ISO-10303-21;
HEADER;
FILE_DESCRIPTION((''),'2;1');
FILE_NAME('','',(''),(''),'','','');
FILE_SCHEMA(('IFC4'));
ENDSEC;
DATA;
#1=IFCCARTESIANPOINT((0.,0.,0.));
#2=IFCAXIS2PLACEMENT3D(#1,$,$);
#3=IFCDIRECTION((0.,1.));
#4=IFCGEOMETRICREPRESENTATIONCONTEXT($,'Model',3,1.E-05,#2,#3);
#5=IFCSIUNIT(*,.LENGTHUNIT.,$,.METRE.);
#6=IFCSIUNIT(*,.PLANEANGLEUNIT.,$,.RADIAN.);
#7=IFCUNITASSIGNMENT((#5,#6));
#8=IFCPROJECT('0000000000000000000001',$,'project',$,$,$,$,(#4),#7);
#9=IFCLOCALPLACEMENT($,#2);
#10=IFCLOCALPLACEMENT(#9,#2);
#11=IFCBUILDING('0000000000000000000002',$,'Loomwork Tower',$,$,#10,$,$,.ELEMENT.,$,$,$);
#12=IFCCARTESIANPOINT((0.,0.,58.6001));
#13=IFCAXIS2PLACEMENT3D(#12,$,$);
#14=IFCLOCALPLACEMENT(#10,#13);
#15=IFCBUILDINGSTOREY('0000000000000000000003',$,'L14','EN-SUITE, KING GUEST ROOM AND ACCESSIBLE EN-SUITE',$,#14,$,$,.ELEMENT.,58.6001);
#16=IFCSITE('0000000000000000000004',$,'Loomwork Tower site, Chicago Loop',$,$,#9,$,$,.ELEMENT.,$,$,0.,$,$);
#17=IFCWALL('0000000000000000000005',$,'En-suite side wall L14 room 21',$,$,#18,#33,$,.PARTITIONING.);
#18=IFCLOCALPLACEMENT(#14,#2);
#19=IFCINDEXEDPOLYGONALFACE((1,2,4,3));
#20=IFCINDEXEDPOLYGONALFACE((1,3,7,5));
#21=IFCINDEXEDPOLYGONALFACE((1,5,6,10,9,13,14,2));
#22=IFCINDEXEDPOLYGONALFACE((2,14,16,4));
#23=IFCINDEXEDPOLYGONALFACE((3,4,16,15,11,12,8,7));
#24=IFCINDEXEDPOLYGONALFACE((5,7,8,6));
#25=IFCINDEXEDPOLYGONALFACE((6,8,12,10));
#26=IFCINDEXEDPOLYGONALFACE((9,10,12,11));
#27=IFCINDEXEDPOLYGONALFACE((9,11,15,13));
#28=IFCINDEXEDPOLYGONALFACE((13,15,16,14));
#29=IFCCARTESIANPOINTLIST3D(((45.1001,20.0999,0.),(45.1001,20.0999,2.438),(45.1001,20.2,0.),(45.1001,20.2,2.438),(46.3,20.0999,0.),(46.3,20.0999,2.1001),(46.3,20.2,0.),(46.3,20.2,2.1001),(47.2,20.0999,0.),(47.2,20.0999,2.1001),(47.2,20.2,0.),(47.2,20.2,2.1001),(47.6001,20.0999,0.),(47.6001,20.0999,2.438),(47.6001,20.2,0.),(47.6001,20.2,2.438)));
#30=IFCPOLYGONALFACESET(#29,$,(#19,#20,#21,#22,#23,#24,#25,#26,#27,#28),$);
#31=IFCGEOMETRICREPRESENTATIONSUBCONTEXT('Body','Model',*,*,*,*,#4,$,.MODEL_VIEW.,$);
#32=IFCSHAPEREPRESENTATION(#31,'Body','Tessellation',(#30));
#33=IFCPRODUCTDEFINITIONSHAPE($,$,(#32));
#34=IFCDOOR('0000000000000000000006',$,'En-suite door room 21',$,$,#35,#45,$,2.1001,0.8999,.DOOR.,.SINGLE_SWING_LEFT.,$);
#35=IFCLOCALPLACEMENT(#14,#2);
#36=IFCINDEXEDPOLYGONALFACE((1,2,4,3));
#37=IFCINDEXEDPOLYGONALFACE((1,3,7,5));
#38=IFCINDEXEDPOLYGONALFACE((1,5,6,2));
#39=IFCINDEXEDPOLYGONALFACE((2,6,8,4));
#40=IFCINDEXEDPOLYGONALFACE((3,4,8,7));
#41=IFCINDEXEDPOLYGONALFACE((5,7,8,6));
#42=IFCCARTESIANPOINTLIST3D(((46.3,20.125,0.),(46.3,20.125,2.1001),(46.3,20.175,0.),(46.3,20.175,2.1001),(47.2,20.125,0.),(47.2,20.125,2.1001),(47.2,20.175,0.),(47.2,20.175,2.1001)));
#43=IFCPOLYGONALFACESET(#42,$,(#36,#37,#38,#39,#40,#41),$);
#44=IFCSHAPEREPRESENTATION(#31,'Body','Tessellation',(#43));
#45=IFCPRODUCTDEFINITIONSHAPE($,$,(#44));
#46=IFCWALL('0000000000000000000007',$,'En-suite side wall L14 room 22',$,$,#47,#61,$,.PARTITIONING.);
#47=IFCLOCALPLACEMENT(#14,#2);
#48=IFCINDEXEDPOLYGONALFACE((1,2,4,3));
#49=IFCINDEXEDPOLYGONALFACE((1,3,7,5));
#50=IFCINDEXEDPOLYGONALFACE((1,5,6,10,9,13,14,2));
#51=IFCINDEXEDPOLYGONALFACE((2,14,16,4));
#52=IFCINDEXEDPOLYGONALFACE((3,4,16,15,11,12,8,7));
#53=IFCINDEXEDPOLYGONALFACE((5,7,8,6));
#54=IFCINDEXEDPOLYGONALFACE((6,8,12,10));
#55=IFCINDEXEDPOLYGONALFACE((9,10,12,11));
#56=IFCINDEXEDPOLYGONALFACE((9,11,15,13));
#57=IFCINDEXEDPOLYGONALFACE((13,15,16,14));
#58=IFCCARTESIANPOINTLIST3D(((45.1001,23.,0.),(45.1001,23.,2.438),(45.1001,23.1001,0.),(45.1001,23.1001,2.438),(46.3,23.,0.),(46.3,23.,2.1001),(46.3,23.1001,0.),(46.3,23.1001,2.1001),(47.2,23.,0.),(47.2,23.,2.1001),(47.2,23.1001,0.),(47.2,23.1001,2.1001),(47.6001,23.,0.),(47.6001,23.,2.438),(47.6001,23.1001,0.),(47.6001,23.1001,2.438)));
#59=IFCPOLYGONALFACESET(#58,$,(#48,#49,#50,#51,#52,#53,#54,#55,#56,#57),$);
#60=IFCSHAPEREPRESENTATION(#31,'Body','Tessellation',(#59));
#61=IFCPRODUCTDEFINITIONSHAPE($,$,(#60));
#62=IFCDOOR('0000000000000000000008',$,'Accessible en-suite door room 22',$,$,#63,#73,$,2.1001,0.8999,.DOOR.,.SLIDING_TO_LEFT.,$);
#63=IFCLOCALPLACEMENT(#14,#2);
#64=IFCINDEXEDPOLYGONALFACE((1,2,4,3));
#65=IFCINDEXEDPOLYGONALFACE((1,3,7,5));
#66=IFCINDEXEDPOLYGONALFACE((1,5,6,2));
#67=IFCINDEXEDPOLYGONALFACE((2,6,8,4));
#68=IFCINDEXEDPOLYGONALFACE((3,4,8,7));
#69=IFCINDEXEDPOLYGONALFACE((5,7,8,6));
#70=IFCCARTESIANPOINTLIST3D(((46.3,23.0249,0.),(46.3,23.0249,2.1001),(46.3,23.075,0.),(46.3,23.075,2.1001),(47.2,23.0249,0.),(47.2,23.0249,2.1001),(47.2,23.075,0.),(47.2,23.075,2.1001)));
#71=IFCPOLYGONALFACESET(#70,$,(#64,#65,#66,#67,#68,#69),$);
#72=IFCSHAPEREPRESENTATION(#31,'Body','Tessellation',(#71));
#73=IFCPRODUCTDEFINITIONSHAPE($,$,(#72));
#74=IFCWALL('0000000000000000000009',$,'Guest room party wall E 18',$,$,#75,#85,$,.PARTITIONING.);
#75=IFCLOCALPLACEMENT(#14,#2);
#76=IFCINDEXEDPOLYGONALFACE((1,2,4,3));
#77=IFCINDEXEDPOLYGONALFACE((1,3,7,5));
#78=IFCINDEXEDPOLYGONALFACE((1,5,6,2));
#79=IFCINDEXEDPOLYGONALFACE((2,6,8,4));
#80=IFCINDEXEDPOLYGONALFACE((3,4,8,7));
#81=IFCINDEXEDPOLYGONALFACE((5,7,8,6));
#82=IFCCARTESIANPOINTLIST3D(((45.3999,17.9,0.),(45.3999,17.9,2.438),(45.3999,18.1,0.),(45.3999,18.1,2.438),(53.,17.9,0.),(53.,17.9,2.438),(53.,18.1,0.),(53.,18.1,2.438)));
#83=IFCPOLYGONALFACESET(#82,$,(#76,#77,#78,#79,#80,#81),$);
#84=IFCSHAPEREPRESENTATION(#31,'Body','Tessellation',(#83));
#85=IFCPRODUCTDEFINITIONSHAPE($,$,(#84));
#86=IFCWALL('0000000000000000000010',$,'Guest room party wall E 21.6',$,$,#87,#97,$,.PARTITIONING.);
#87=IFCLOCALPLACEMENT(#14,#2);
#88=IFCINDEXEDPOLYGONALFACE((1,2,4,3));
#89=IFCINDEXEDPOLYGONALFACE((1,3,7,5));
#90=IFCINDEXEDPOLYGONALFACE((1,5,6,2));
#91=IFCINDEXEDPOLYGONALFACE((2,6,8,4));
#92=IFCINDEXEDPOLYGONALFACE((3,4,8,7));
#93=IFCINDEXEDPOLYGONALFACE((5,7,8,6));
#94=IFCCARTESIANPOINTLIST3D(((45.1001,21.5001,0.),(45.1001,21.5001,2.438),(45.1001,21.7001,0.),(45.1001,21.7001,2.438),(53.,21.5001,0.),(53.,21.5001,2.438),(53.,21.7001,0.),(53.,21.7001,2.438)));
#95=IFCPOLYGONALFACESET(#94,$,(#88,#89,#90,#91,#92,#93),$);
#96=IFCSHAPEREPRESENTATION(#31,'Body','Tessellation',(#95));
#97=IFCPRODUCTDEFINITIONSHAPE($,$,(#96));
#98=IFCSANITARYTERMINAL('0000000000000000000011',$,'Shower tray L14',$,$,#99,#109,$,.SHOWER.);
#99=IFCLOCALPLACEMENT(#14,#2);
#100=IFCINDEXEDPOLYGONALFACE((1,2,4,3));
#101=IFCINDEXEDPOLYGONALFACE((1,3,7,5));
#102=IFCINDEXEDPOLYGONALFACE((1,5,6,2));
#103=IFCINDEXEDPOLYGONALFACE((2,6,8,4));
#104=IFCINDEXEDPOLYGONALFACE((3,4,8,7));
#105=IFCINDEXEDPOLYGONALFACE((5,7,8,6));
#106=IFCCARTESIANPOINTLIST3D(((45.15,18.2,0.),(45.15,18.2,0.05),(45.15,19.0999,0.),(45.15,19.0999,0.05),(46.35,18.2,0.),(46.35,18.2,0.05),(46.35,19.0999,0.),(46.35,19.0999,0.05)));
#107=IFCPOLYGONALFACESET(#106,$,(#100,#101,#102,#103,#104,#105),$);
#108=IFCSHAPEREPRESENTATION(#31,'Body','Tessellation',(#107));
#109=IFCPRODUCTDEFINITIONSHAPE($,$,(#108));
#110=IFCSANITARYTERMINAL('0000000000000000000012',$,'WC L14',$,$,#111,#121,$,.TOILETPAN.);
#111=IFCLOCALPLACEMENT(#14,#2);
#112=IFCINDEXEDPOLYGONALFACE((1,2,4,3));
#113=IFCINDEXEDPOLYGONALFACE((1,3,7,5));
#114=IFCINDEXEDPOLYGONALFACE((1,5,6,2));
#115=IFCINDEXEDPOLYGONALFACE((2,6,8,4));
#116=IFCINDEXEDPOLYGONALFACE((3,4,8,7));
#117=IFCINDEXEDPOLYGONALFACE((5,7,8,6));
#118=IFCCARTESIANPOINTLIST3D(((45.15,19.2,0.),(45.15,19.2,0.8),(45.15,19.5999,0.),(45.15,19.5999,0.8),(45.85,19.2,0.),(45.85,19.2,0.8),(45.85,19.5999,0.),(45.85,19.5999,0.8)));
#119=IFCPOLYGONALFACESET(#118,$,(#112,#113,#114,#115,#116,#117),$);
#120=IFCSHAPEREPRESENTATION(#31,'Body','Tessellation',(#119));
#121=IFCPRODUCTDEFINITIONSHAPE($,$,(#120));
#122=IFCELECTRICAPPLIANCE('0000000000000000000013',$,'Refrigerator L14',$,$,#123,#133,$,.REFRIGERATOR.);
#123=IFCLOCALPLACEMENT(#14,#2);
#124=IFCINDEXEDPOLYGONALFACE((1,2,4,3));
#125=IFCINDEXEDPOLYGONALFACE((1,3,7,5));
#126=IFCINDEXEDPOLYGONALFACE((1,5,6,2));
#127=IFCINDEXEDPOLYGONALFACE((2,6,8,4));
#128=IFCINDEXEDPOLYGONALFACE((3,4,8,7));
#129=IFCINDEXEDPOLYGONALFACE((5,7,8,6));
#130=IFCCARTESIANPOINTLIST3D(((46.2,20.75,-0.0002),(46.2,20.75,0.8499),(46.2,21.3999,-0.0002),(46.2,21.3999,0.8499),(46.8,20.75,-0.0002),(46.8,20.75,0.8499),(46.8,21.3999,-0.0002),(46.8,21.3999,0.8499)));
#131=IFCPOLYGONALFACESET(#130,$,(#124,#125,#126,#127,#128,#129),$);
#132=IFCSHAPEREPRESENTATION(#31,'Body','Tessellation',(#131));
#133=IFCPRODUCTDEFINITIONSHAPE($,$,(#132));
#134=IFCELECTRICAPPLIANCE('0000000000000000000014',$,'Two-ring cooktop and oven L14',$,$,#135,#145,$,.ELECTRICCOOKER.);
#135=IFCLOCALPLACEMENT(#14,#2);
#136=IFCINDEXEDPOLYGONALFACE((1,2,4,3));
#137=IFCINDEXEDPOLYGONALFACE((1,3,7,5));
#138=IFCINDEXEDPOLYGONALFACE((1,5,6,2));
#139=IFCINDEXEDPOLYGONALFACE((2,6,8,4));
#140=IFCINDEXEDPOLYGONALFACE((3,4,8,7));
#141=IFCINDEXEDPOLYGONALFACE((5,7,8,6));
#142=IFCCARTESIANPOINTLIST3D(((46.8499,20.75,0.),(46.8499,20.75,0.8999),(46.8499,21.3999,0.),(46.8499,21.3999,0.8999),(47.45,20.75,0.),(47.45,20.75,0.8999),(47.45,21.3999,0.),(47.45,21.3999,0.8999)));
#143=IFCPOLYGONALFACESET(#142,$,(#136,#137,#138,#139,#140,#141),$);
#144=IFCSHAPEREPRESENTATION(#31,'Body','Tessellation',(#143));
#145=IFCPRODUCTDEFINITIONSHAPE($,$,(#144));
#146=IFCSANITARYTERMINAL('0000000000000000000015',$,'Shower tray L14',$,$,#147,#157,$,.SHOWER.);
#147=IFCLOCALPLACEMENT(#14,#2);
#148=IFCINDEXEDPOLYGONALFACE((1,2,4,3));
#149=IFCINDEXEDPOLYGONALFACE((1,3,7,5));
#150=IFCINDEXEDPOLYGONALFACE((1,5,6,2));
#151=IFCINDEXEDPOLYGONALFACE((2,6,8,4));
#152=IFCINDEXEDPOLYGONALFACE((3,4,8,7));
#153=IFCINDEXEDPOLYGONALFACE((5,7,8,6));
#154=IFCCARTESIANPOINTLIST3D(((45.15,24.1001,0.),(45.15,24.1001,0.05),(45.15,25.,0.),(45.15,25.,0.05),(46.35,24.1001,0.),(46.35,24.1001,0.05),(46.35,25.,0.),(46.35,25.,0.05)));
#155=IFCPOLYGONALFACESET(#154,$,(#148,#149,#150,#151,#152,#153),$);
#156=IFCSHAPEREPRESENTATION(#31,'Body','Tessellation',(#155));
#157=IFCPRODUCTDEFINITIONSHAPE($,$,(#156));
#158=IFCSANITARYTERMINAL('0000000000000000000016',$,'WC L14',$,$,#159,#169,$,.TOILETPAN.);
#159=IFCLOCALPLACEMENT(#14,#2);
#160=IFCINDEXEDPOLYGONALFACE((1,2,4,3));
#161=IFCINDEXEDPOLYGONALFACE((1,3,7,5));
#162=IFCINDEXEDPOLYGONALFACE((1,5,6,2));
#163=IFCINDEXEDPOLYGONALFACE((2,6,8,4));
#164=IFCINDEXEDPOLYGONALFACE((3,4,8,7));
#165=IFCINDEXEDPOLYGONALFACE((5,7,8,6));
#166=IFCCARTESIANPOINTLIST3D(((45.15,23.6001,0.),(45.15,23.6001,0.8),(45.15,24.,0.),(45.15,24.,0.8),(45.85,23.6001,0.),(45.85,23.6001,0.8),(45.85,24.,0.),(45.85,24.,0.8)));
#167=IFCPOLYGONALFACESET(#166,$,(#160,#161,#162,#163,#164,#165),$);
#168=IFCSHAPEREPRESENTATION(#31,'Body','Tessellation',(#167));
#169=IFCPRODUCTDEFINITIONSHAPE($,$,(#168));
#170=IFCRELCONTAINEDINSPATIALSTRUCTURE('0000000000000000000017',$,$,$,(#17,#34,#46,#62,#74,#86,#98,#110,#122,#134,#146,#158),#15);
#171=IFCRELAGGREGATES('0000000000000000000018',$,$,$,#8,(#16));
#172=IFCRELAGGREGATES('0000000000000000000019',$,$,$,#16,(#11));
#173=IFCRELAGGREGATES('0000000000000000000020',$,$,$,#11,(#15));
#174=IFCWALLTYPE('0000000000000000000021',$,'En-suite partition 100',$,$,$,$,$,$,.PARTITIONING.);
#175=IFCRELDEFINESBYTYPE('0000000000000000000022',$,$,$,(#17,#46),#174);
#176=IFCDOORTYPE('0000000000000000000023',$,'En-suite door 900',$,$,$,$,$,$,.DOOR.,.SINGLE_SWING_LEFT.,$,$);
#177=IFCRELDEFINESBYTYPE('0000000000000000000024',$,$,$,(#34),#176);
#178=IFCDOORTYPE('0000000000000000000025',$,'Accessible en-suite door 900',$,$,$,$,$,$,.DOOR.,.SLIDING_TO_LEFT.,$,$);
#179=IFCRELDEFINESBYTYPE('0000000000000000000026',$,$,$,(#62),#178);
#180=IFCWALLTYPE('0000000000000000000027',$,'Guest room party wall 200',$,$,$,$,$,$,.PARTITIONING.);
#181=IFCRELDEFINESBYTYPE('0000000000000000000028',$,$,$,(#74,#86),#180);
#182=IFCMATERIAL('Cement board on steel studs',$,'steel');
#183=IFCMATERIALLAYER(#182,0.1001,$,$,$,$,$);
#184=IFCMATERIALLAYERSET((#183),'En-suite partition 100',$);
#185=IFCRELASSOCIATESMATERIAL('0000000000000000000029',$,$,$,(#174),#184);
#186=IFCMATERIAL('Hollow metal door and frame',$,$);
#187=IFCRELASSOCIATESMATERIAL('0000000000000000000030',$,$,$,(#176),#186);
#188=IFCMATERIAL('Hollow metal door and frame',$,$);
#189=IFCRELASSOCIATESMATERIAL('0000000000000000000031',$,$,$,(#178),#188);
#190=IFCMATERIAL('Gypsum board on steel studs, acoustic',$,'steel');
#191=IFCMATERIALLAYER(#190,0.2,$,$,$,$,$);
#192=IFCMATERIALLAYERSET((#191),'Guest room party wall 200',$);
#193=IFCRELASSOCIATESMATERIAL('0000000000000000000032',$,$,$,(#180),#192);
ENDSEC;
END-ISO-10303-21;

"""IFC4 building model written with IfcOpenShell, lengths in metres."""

from ifc_helpers import new_model, si_unit, direction, frame, frame_2d, origin, origin_2d, place, context, subcontext, project, spatial, rectangle, extrude, material, layer, layer_set, type_object, element, fill, save


model = new_model("IFC4")

# Units and contexts
model_context = context("Model", 3, precision=1e-05, world=origin(), true_north=direction((0.0, 1.0)))
body_context = subcontext(model_context, "Body", "Model", "MODEL_VIEW")
ifc_project = project(units=[si_unit("LENGTHUNIT", "METRE"), si_unit("PLANEANGLEUNIT", "RADIAN")], contexts=[model_context])

# Site, building, storey
site_placement = place(None, origin())
site = spatial("IfcSite", under=ifc_project, at=site_placement, Name="Loomwork Tower site, Chicago Loop", CompositionType="ELEMENT", RefElevation=0.0)
building_placement = place(site_placement, origin())
building = spatial("IfcBuilding", under=site, at=building_placement, Name="Loomwork Tower", CompositionType="ELEMENT")
storey_placement = place(building_placement, frame((0.0, 0.0, 58.6001)))
storey = spatial("IfcBuildingStorey", under=building, at=storey_placement, Name="L14", Description="EN-SUITE, KING GUEST ROOM AND ACCESSIBLE EN-SUITE", CompositionType="ELEMENT", Elevation=58.6001)

# Shared definitions
ifc_material_1 = material(Name="Cement board on steel studs", Category="steel")
ifc_layer_1 = layer(ifc_material_1, 0.1001)
ifc_layer_set_1 = layer_set([ifc_layer_1], Name="En-suite partition 100")
wall_type_1 = type_object("IfcWallType", Name="En-suite partition 100", PredefinedType="PARTITIONING", material=ifc_layer_set_1)

# Walls, openings, doors
wall_1_placement = place(storey_placement, frame((45.1001, 20.1499, 0.0), z_axis=(0.0, 0.0, 1.0), x_axis=(1.0, 0.0, 0.0)))
wall_1 = element("IfcWall", 1, at=wall_1_placement, inside=storey, type_object=wall_type_1, Name="En-suite side wall L14 room 21", PredefinedType="PARTITIONING", context=body_context, shape_type="SweptSolid", body=[
    extrude(rectangle(XDim=2.5, YDim=0.1001, at=frame_2d((1.25, 0.0))), origin(), (0.0, 0.0, 1.0), 2.438),
])
opening_1_placement = place(wall_1_placement, frame((1.2, 0.0, 0.0)))
opening_1 = element("IfcOpeningElement", 2, at=opening_1_placement, cuts=wall_1, PredefinedType="OPENING", context=body_context, shape_type="SweptSolid", body=[
    extrude(rectangle(XDim=0.8999, YDim=2.1001, at=frame_2d((0.45, 1.05))), frame((0.0, 0.0601, 0.0), z_axis=(0.0, -1.0, 0.0), x_axis=(1.0, 0.0, 0.0)), (0.0, 0.0, 1.0), 0.1201),
])
ifc_material_2 = material(Name="Hollow metal door and frame")
door_type_1 = type_object("IfcDoorType", Name="En-suite door 900", OperationType="SINGLE_SWING_LEFT", PredefinedType="DOOR", material=ifc_material_2)
door_1_placement = place(opening_1_placement, frame((0.8999, 0.0, 0.0), z_axis=(0.0, 0.0, 1.0), x_axis=(-1.0, 0.0, 0.0)))
door_1 = element("IfcDoor", 3, at=door_1_placement, inside=storey, type_object=door_type_1, Name="En-suite door room 21", OperationType="SINGLE_SWING_LEFT", OverallHeight=2.1001, OverallWidth=0.8999, PredefinedType="DOOR", context=body_context, shape_type="SweptSolid", body=[
    extrude(rectangle(XDim=0.8999, YDim=2.1001, at=frame_2d((0.45, 1.05))), frame((0.0, 0.0249, 0.0), z_axis=(0.0, -1.0, 0.0), x_axis=(1.0, 0.0, 0.0)), (0.0, 0.0, 1.0), 0.05),
])
fill(opening_1, door_1)
wall_2_placement = place(storey_placement, frame((45.1001, 23.05, 0.0), z_axis=(0.0, 0.0, 1.0), x_axis=(1.0, 0.0, 0.0)))
wall_2 = element("IfcWall", 4, at=wall_2_placement, inside=storey, type_object=wall_type_1, Name="En-suite side wall L14 room 22", PredefinedType="PARTITIONING", context=body_context, shape_type="SweptSolid", body=[
    extrude(rectangle(XDim=2.5, YDim=0.1001, at=frame_2d((1.25, 0.0))), origin(), (0.0, 0.0, 1.0), 2.438),
])
opening_2_placement = place(wall_2_placement, frame((1.2, 0.0, 0.0)))
opening_2 = element("IfcOpeningElement", 5, at=opening_2_placement, cuts=wall_2, PredefinedType="OPENING", context=body_context, shape_type="SweptSolid", body=[
    extrude(rectangle(XDim=0.8999, YDim=2.1001, at=frame_2d((0.45, 1.05))), frame((0.0, 0.0601, 0.0), z_axis=(0.0, -1.0, 0.0), x_axis=(1.0, 0.0, 0.0)), (0.0, 0.0, 1.0), 0.1201),
])
ifc_material_3 = material(Name="Hollow metal door and frame")
door_type_2 = type_object("IfcDoorType", Name="Accessible en-suite door 900", OperationType="SLIDING_TO_LEFT", PredefinedType="DOOR", material=ifc_material_3)
door_2_placement = place(opening_2_placement, origin())
door_2 = element("IfcDoor", 6, at=door_2_placement, inside=storey, type_object=door_type_2, Name="Accessible en-suite door room 22", OperationType="SLIDING_TO_LEFT", OverallHeight=2.1001, OverallWidth=0.8999, PredefinedType="DOOR", context=body_context, shape_type="SweptSolid", body=[
    extrude(rectangle(XDim=0.8999, YDim=2.1001, at=frame_2d((0.45, 1.05))), frame((0.0, 0.0249, 0.0), z_axis=(0.0, -1.0, 0.0), x_axis=(1.0, 0.0, 0.0)), (0.0, 0.0, 1.0), 0.05),
])
fill(opening_2, door_2)

# Walls
ifc_material_4 = material(Name="Gypsum board on steel studs, acoustic", Category="steel")
ifc_layer_2 = layer(ifc_material_4, 0.2)
ifc_layer_set_2 = layer_set([ifc_layer_2], Name="Guest room party wall 200")
wall_type_2 = type_object("IfcWallType", Name="Guest room party wall 200", PredefinedType="PARTITIONING", material=ifc_layer_set_2)
wall_3_placement = place(storey_placement, frame((45.3999, 18.0, 0.0), z_axis=(0.0, 0.0, 1.0), x_axis=(1.0, 0.0, 0.0)))
element("IfcWall", 7, at=wall_3_placement, inside=storey, type_object=wall_type_2, Name="Guest room party wall E 18", PredefinedType="PARTITIONING", context=body_context, shape_type="SweptSolid", body=[
    extrude(rectangle(XDim=7.6001, YDim=0.2, at=frame_2d((3.8, 0.0))), origin(), (0.0, 0.0, 1.0), 2.438),
])
wall_4_placement = place(storey_placement, frame((45.1001, 21.6001, 0.0), z_axis=(0.0, 0.0, 1.0), x_axis=(1.0, 0.0, 0.0)))
element("IfcWall", 8, at=wall_4_placement, inside=storey, type_object=wall_type_2, Name="Guest room party wall E 21.6", PredefinedType="PARTITIONING", context=body_context, shape_type="SweptSolid", body=[
    extrude(rectangle(XDim=7.8999, YDim=0.2, at=frame_2d((3.95, 0.0))), origin(), (0.0, 0.0, 1.0), 2.438),
])

# Sanitary terminals
sanitary_terminal_1_placement = place(storey_placement, frame((45.75, 18.6499, 0.0), z_axis=(0.0, 0.0, 1.0), x_axis=(1.0, 0.0, 0.0)))
element("IfcSanitaryTerminal", 9, at=sanitary_terminal_1_placement, inside=storey, Name="Shower tray L14", PredefinedType="SHOWER", context=body_context, shape_type="SweptSolid", body=[
    extrude(rectangle(XDim=1.2, YDim=0.8999, at=origin_2d()), origin(), (0.0, 0.0, 1.0), 0.05),
])
sanitary_terminal_2_placement = place(storey_placement, frame((45.5, 19.3999, 0.0), z_axis=(0.0, 0.0, 1.0), x_axis=(1.0, 0.0, 0.0)))
element("IfcSanitaryTerminal", 10, at=sanitary_terminal_2_placement, inside=storey, Name="WC L14", PredefinedType="TOILETPAN", context=body_context, shape_type="SweptSolid", body=[
    extrude(rectangle(XDim=0.7, YDim=0.3999, at=origin_2d()), origin(), (0.0, 0.0, 1.0), 0.8),
])

# Electric appliances
electric_appliance_1_placement = place(storey_placement, frame((46.5, 21.075, -0.0002), z_axis=(0.0, 0.0, 1.0), x_axis=(1.0, 0.0, 0.0)))
element("IfcElectricAppliance", 11, at=electric_appliance_1_placement, inside=storey, Name="Refrigerator L14", PredefinedType="REFRIGERATOR", context=body_context, shape_type="SweptSolid", body=[
    extrude(rectangle(XDim=0.6001, YDim=0.6499, at=origin_2d()), origin(), (0.0, 0.0, 1.0), 0.8501),
])
electric_appliance_2_placement = place(storey_placement, frame((47.1499, 21.075, 0.0), z_axis=(0.0, 0.0, 1.0), x_axis=(1.0, 0.0, 0.0)))
element("IfcElectricAppliance", 12, at=electric_appliance_2_placement, inside=storey, Name="Two-ring cooktop and oven L14", PredefinedType="ELECTRICCOOKER", context=body_context, shape_type="SweptSolid", body=[
    extrude(rectangle(XDim=0.6001, YDim=0.6499, at=origin_2d()), origin(), (0.0, 0.0, 1.0), 0.8999),
])

# Sanitary terminals
sanitary_terminal_3_placement = place(storey_placement, frame((45.75, 24.55, 0.0), z_axis=(0.0, 0.0, 1.0), x_axis=(1.0, 0.0, 0.0)))
element("IfcSanitaryTerminal", 13, at=sanitary_terminal_3_placement, inside=storey, Name="Shower tray L14", PredefinedType="SHOWER", context=body_context, shape_type="SweptSolid", body=[
    extrude(rectangle(XDim=1.2, YDim=0.8999, at=origin_2d()), origin(), (0.0, 0.0, 1.0), 0.05),
])
sanitary_terminal_4_placement = place(storey_placement, frame((45.5, 23.8, 0.0), z_axis=(0.0, 0.0, 1.0), x_axis=(1.0, 0.0, 0.0)))
element("IfcSanitaryTerminal", 14, at=sanitary_terminal_4_placement, inside=storey, Name="WC L14", PredefinedType="TOILETPAN", context=body_context, shape_type="SweptSolid", body=[
    extrude(rectangle(XDim=0.7, YDim=0.3999, at=origin_2d()), origin(), (0.0, 0.0, 1.0), 0.8),
])

save(model, "model.ifc")
